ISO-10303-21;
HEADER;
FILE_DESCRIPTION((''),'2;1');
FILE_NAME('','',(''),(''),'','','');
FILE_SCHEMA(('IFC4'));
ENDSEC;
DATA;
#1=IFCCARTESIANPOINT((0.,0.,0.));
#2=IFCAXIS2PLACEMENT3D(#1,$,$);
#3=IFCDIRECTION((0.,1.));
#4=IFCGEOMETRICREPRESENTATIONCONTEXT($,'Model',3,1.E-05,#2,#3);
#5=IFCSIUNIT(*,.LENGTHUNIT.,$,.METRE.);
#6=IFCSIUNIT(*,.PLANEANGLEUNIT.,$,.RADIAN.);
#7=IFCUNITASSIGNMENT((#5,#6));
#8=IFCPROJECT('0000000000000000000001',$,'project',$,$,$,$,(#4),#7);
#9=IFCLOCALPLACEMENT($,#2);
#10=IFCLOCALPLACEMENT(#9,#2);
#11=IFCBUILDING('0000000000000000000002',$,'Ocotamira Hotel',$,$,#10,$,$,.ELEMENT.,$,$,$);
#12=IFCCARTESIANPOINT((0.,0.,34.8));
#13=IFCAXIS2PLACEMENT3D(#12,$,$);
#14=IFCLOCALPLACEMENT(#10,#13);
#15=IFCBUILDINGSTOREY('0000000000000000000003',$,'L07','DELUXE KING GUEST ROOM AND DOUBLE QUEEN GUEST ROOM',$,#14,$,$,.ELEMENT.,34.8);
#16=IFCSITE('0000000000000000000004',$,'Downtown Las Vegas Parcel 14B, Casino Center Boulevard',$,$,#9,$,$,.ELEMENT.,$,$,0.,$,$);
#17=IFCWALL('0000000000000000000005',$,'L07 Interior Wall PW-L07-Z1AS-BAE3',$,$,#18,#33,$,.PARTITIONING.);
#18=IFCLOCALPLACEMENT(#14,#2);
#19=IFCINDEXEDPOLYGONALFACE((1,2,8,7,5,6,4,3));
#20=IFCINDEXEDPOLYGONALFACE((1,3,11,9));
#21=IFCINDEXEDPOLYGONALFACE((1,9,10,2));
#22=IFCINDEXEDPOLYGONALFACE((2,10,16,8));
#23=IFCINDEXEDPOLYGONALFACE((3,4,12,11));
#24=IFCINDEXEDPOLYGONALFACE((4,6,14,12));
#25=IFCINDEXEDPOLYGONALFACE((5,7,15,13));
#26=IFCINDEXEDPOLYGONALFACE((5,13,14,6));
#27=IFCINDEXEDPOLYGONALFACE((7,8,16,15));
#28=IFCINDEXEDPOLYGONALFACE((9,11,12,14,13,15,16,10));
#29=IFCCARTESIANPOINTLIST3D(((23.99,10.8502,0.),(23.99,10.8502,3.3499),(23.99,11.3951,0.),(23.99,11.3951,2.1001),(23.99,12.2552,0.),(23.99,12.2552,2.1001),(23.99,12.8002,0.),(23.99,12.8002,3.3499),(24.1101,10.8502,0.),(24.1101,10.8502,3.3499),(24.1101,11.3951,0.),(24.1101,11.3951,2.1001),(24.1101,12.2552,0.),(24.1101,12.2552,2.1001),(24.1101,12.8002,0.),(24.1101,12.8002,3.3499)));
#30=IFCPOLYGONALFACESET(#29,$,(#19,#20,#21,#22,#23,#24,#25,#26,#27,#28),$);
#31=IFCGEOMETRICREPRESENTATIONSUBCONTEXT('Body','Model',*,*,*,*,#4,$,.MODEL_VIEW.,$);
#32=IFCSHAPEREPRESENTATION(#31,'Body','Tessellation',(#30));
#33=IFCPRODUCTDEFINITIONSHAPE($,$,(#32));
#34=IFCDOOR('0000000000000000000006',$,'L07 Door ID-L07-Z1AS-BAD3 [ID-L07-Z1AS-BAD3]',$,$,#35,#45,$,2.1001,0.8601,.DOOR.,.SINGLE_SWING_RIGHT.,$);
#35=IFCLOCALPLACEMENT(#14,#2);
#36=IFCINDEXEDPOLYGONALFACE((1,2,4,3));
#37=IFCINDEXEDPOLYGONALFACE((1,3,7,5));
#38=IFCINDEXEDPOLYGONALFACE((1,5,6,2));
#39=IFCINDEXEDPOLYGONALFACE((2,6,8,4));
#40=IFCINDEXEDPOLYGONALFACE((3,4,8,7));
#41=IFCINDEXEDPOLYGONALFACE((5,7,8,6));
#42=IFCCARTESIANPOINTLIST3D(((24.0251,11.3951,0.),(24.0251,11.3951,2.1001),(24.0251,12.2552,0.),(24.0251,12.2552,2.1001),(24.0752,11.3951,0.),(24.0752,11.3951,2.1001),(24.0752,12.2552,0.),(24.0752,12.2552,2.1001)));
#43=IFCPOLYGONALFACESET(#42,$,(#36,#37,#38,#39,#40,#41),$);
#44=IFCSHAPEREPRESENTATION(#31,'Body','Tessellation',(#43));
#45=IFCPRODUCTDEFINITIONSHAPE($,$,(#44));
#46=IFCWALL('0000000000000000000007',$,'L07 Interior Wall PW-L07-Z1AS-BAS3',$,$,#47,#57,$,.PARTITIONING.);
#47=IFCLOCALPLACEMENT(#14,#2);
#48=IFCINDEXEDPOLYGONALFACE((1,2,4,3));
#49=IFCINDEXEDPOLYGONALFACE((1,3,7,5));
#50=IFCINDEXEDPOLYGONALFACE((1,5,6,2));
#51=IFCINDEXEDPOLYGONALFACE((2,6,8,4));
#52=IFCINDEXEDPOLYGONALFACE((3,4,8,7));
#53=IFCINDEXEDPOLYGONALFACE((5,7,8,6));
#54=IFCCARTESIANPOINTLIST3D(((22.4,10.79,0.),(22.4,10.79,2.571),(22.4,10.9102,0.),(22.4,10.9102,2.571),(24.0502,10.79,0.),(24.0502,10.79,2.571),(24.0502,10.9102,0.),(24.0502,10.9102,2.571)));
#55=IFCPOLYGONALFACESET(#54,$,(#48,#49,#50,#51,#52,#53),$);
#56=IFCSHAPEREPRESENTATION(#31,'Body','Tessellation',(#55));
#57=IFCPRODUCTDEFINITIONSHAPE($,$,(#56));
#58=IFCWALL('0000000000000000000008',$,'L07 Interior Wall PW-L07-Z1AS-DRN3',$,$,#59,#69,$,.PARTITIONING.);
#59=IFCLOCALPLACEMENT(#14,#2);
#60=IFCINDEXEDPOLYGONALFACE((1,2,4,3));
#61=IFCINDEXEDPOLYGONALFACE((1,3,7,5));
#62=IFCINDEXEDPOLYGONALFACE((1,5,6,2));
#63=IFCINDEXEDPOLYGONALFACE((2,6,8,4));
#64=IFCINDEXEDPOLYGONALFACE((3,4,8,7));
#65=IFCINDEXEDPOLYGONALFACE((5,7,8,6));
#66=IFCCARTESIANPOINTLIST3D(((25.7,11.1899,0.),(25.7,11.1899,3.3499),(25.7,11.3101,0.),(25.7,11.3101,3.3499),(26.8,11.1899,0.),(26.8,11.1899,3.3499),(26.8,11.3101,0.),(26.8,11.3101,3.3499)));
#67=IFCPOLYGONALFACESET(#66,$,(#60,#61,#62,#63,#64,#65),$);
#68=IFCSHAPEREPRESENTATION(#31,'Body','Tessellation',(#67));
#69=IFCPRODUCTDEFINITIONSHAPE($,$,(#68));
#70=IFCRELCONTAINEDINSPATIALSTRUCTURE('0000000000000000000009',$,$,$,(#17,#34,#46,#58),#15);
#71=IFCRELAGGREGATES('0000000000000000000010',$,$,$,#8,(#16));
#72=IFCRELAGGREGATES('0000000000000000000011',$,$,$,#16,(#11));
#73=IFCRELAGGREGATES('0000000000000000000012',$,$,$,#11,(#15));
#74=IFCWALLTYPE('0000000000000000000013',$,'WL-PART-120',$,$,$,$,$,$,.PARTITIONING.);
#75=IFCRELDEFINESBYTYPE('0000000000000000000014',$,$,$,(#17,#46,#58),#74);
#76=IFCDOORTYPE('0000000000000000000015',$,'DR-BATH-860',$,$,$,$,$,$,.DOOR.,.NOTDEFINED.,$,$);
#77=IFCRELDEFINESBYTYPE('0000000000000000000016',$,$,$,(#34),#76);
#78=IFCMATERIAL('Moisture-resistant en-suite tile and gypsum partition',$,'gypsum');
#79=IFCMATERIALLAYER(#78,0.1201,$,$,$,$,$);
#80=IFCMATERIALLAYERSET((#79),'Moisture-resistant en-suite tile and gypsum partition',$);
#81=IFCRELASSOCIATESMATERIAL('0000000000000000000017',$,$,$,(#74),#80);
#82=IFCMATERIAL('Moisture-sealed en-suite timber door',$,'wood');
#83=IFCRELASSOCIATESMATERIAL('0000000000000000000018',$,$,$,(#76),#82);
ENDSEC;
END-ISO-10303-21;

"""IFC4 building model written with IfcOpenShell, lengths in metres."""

from ifc_helpers import new_model, si_unit, direction, frame, frame_2d, origin, place, context, subcontext, project, spatial, rectangle, extrude, source, transform, mapped, material, layer, layer_set, type_object, element, fill, save


model = new_model("IFC4")

# Units and contexts
model_context = context("Model", 3, precision=1e-05, world=origin(), true_north=direction((0.0, 1.0)))
body_context = subcontext(model_context, "Body", "Model", "MODEL_VIEW")
ifc_project = project(units=[si_unit("LENGTHUNIT", "METRE"), si_unit("PLANEANGLEUNIT", "RADIAN")], contexts=[model_context])

# Site, building, storey
site_placement = place(None, origin())
site = spatial("IfcSite", under=ifc_project, at=site_placement, Name="Downtown Las Vegas Parcel 14B, Casino Center Boulevard", CompositionType="ELEMENT", RefElevation=0.0)
building_placement = place(site_placement, origin())
building = spatial("IfcBuilding", under=site, at=building_placement, Name="Ocotamira Hotel", CompositionType="ELEMENT")
storey_placement = place(building_placement, frame((0.0, 0.0, 34.8)))
storey = spatial("IfcBuildingStorey", under=building, at=storey_placement, Name="L07", Description="DELUXE KING GUEST ROOM AND DOUBLE QUEEN GUEST ROOM", CompositionType="ELEMENT", Elevation=34.8)

# Shared definitions
ifc_material_1 = material(Name="Moisture-resistant en-suite tile and gypsum partition", Category="gypsum")
ifc_layer_1 = layer(ifc_material_1, 0.1201)
ifc_layer_set_1 = layer_set([ifc_layer_1], Name="Moisture-resistant en-suite tile and gypsum partition")
wall_type_1 = type_object("IfcWallType", Name="WL-PART-120", PredefinedType="PARTITIONING", material=ifc_layer_set_1)
ifc_material_2 = material(Name="Moisture-sealed en-suite timber door", Category="wood")
door_type_1 = type_object("IfcDoorType", Name="DR-BATH-860", OperationType="NOTDEFINED", PredefinedType="DOOR", material=ifc_material_2)
shared_shape_1 = source(origin(), body_context, "Body", "SweptSolid", [
    extrude(rectangle(XDim=0.8601, YDim=2.1001, at=frame_2d((0.4302, 1.05))), frame((0.0, 0.0249, 0.0), z_axis=(0.0, -1.0, 0.0), x_axis=(1.0, 0.0, 0.0)), (0.0, 0.0, 1.0), 0.05),
])

# Wall, opening, door
wall_1_placement = place(storey_placement, frame((24.05, 10.8501, 0.0), z_axis=(0.0, 0.0, 1.0), x_axis=(0.0, 1.0, 0.0)))
wall_1 = element("IfcWall", 1, at=wall_1_placement, inside=storey, type_object=wall_type_1, Name="L07 Interior Wall PW-L07-Z1AS-BAE3", PredefinedType="PARTITIONING", context=body_context, shape_type="SweptSolid", body=[
    extrude(rectangle(XDim=1.95, YDim=0.1201, at=frame_2d((0.9751, 0.0))), origin(), (0.0, 0.0, 1.0), 3.3499),
])
opening_1_placement = place(wall_1_placement, frame((0.5449, 0.0, 0.0)))
opening_1 = element("IfcOpeningElement", 2, at=opening_1_placement, cuts=wall_1, PredefinedType="OPENING", context=body_context, shape_type="SweptSolid", body=[
    extrude(rectangle(XDim=0.8601, YDim=2.1001, at=frame_2d((0.4302, 1.05))), frame((0.0, 0.0701, 0.0), z_axis=(0.0, -1.0, 0.0), x_axis=(1.0, 0.0, 0.0)), (0.0, 0.0, 1.0), 0.1401),
])
door_1_placement = place(opening_1_placement, origin())
door_1 = element("IfcDoor", 3, at=door_1_placement, inside=storey, type_object=door_type_1, Name="L07 Door ID-L07-Z1AS-BAD3 [ID-L07-Z1AS-BAD3]", OperationType="SINGLE_SWING_RIGHT", OverallHeight=2.1001, OverallWidth=0.8601, PredefinedType="DOOR", context=body_context, shape_type="MappedRepresentation", body=[
    mapped(shared_shape_1, transform((0.0, 0.0, 0.0), scale=1.0)),
])
fill(opening_1, door_1)

# Walls
wall_2_placement = place(storey_placement, frame((22.3999, 10.8501, 0.0), z_axis=(0.0, 0.0, 1.0), x_axis=(1.0, 0.0, 0.0)))
element("IfcWall", 4, at=wall_2_placement, inside=storey, type_object=wall_type_1, Name="L07 Interior Wall PW-L07-Z1AS-BAS3", PredefinedType="PARTITIONING", context=body_context, shape_type="SweptSolid", body=[
    extrude(rectangle(XDim=1.6501, YDim=0.1201, at=frame_2d((0.8252, 0.0))), origin(), (0.0, 0.0, 1.0), 2.571),
])
wall_3_placement = place(storey_placement, frame((25.7, 11.25, 0.0), z_axis=(0.0, 0.0, 1.0), x_axis=(1.0, 0.0, 0.0)))
element("IfcWall", 5, at=wall_3_placement, inside=storey, type_object=wall_type_1, Name="L07 Interior Wall PW-L07-Z1AS-DRN3", PredefinedType="PARTITIONING", context=body_context, shape_type="SweptSolid", body=[
    extrude(rectangle(XDim=1.1001, YDim=0.1201, at=frame_2d((0.55, 0.0))), origin(), (0.0, 0.0, 1.0), 3.3499),
])

save(model, "model.ifc")
